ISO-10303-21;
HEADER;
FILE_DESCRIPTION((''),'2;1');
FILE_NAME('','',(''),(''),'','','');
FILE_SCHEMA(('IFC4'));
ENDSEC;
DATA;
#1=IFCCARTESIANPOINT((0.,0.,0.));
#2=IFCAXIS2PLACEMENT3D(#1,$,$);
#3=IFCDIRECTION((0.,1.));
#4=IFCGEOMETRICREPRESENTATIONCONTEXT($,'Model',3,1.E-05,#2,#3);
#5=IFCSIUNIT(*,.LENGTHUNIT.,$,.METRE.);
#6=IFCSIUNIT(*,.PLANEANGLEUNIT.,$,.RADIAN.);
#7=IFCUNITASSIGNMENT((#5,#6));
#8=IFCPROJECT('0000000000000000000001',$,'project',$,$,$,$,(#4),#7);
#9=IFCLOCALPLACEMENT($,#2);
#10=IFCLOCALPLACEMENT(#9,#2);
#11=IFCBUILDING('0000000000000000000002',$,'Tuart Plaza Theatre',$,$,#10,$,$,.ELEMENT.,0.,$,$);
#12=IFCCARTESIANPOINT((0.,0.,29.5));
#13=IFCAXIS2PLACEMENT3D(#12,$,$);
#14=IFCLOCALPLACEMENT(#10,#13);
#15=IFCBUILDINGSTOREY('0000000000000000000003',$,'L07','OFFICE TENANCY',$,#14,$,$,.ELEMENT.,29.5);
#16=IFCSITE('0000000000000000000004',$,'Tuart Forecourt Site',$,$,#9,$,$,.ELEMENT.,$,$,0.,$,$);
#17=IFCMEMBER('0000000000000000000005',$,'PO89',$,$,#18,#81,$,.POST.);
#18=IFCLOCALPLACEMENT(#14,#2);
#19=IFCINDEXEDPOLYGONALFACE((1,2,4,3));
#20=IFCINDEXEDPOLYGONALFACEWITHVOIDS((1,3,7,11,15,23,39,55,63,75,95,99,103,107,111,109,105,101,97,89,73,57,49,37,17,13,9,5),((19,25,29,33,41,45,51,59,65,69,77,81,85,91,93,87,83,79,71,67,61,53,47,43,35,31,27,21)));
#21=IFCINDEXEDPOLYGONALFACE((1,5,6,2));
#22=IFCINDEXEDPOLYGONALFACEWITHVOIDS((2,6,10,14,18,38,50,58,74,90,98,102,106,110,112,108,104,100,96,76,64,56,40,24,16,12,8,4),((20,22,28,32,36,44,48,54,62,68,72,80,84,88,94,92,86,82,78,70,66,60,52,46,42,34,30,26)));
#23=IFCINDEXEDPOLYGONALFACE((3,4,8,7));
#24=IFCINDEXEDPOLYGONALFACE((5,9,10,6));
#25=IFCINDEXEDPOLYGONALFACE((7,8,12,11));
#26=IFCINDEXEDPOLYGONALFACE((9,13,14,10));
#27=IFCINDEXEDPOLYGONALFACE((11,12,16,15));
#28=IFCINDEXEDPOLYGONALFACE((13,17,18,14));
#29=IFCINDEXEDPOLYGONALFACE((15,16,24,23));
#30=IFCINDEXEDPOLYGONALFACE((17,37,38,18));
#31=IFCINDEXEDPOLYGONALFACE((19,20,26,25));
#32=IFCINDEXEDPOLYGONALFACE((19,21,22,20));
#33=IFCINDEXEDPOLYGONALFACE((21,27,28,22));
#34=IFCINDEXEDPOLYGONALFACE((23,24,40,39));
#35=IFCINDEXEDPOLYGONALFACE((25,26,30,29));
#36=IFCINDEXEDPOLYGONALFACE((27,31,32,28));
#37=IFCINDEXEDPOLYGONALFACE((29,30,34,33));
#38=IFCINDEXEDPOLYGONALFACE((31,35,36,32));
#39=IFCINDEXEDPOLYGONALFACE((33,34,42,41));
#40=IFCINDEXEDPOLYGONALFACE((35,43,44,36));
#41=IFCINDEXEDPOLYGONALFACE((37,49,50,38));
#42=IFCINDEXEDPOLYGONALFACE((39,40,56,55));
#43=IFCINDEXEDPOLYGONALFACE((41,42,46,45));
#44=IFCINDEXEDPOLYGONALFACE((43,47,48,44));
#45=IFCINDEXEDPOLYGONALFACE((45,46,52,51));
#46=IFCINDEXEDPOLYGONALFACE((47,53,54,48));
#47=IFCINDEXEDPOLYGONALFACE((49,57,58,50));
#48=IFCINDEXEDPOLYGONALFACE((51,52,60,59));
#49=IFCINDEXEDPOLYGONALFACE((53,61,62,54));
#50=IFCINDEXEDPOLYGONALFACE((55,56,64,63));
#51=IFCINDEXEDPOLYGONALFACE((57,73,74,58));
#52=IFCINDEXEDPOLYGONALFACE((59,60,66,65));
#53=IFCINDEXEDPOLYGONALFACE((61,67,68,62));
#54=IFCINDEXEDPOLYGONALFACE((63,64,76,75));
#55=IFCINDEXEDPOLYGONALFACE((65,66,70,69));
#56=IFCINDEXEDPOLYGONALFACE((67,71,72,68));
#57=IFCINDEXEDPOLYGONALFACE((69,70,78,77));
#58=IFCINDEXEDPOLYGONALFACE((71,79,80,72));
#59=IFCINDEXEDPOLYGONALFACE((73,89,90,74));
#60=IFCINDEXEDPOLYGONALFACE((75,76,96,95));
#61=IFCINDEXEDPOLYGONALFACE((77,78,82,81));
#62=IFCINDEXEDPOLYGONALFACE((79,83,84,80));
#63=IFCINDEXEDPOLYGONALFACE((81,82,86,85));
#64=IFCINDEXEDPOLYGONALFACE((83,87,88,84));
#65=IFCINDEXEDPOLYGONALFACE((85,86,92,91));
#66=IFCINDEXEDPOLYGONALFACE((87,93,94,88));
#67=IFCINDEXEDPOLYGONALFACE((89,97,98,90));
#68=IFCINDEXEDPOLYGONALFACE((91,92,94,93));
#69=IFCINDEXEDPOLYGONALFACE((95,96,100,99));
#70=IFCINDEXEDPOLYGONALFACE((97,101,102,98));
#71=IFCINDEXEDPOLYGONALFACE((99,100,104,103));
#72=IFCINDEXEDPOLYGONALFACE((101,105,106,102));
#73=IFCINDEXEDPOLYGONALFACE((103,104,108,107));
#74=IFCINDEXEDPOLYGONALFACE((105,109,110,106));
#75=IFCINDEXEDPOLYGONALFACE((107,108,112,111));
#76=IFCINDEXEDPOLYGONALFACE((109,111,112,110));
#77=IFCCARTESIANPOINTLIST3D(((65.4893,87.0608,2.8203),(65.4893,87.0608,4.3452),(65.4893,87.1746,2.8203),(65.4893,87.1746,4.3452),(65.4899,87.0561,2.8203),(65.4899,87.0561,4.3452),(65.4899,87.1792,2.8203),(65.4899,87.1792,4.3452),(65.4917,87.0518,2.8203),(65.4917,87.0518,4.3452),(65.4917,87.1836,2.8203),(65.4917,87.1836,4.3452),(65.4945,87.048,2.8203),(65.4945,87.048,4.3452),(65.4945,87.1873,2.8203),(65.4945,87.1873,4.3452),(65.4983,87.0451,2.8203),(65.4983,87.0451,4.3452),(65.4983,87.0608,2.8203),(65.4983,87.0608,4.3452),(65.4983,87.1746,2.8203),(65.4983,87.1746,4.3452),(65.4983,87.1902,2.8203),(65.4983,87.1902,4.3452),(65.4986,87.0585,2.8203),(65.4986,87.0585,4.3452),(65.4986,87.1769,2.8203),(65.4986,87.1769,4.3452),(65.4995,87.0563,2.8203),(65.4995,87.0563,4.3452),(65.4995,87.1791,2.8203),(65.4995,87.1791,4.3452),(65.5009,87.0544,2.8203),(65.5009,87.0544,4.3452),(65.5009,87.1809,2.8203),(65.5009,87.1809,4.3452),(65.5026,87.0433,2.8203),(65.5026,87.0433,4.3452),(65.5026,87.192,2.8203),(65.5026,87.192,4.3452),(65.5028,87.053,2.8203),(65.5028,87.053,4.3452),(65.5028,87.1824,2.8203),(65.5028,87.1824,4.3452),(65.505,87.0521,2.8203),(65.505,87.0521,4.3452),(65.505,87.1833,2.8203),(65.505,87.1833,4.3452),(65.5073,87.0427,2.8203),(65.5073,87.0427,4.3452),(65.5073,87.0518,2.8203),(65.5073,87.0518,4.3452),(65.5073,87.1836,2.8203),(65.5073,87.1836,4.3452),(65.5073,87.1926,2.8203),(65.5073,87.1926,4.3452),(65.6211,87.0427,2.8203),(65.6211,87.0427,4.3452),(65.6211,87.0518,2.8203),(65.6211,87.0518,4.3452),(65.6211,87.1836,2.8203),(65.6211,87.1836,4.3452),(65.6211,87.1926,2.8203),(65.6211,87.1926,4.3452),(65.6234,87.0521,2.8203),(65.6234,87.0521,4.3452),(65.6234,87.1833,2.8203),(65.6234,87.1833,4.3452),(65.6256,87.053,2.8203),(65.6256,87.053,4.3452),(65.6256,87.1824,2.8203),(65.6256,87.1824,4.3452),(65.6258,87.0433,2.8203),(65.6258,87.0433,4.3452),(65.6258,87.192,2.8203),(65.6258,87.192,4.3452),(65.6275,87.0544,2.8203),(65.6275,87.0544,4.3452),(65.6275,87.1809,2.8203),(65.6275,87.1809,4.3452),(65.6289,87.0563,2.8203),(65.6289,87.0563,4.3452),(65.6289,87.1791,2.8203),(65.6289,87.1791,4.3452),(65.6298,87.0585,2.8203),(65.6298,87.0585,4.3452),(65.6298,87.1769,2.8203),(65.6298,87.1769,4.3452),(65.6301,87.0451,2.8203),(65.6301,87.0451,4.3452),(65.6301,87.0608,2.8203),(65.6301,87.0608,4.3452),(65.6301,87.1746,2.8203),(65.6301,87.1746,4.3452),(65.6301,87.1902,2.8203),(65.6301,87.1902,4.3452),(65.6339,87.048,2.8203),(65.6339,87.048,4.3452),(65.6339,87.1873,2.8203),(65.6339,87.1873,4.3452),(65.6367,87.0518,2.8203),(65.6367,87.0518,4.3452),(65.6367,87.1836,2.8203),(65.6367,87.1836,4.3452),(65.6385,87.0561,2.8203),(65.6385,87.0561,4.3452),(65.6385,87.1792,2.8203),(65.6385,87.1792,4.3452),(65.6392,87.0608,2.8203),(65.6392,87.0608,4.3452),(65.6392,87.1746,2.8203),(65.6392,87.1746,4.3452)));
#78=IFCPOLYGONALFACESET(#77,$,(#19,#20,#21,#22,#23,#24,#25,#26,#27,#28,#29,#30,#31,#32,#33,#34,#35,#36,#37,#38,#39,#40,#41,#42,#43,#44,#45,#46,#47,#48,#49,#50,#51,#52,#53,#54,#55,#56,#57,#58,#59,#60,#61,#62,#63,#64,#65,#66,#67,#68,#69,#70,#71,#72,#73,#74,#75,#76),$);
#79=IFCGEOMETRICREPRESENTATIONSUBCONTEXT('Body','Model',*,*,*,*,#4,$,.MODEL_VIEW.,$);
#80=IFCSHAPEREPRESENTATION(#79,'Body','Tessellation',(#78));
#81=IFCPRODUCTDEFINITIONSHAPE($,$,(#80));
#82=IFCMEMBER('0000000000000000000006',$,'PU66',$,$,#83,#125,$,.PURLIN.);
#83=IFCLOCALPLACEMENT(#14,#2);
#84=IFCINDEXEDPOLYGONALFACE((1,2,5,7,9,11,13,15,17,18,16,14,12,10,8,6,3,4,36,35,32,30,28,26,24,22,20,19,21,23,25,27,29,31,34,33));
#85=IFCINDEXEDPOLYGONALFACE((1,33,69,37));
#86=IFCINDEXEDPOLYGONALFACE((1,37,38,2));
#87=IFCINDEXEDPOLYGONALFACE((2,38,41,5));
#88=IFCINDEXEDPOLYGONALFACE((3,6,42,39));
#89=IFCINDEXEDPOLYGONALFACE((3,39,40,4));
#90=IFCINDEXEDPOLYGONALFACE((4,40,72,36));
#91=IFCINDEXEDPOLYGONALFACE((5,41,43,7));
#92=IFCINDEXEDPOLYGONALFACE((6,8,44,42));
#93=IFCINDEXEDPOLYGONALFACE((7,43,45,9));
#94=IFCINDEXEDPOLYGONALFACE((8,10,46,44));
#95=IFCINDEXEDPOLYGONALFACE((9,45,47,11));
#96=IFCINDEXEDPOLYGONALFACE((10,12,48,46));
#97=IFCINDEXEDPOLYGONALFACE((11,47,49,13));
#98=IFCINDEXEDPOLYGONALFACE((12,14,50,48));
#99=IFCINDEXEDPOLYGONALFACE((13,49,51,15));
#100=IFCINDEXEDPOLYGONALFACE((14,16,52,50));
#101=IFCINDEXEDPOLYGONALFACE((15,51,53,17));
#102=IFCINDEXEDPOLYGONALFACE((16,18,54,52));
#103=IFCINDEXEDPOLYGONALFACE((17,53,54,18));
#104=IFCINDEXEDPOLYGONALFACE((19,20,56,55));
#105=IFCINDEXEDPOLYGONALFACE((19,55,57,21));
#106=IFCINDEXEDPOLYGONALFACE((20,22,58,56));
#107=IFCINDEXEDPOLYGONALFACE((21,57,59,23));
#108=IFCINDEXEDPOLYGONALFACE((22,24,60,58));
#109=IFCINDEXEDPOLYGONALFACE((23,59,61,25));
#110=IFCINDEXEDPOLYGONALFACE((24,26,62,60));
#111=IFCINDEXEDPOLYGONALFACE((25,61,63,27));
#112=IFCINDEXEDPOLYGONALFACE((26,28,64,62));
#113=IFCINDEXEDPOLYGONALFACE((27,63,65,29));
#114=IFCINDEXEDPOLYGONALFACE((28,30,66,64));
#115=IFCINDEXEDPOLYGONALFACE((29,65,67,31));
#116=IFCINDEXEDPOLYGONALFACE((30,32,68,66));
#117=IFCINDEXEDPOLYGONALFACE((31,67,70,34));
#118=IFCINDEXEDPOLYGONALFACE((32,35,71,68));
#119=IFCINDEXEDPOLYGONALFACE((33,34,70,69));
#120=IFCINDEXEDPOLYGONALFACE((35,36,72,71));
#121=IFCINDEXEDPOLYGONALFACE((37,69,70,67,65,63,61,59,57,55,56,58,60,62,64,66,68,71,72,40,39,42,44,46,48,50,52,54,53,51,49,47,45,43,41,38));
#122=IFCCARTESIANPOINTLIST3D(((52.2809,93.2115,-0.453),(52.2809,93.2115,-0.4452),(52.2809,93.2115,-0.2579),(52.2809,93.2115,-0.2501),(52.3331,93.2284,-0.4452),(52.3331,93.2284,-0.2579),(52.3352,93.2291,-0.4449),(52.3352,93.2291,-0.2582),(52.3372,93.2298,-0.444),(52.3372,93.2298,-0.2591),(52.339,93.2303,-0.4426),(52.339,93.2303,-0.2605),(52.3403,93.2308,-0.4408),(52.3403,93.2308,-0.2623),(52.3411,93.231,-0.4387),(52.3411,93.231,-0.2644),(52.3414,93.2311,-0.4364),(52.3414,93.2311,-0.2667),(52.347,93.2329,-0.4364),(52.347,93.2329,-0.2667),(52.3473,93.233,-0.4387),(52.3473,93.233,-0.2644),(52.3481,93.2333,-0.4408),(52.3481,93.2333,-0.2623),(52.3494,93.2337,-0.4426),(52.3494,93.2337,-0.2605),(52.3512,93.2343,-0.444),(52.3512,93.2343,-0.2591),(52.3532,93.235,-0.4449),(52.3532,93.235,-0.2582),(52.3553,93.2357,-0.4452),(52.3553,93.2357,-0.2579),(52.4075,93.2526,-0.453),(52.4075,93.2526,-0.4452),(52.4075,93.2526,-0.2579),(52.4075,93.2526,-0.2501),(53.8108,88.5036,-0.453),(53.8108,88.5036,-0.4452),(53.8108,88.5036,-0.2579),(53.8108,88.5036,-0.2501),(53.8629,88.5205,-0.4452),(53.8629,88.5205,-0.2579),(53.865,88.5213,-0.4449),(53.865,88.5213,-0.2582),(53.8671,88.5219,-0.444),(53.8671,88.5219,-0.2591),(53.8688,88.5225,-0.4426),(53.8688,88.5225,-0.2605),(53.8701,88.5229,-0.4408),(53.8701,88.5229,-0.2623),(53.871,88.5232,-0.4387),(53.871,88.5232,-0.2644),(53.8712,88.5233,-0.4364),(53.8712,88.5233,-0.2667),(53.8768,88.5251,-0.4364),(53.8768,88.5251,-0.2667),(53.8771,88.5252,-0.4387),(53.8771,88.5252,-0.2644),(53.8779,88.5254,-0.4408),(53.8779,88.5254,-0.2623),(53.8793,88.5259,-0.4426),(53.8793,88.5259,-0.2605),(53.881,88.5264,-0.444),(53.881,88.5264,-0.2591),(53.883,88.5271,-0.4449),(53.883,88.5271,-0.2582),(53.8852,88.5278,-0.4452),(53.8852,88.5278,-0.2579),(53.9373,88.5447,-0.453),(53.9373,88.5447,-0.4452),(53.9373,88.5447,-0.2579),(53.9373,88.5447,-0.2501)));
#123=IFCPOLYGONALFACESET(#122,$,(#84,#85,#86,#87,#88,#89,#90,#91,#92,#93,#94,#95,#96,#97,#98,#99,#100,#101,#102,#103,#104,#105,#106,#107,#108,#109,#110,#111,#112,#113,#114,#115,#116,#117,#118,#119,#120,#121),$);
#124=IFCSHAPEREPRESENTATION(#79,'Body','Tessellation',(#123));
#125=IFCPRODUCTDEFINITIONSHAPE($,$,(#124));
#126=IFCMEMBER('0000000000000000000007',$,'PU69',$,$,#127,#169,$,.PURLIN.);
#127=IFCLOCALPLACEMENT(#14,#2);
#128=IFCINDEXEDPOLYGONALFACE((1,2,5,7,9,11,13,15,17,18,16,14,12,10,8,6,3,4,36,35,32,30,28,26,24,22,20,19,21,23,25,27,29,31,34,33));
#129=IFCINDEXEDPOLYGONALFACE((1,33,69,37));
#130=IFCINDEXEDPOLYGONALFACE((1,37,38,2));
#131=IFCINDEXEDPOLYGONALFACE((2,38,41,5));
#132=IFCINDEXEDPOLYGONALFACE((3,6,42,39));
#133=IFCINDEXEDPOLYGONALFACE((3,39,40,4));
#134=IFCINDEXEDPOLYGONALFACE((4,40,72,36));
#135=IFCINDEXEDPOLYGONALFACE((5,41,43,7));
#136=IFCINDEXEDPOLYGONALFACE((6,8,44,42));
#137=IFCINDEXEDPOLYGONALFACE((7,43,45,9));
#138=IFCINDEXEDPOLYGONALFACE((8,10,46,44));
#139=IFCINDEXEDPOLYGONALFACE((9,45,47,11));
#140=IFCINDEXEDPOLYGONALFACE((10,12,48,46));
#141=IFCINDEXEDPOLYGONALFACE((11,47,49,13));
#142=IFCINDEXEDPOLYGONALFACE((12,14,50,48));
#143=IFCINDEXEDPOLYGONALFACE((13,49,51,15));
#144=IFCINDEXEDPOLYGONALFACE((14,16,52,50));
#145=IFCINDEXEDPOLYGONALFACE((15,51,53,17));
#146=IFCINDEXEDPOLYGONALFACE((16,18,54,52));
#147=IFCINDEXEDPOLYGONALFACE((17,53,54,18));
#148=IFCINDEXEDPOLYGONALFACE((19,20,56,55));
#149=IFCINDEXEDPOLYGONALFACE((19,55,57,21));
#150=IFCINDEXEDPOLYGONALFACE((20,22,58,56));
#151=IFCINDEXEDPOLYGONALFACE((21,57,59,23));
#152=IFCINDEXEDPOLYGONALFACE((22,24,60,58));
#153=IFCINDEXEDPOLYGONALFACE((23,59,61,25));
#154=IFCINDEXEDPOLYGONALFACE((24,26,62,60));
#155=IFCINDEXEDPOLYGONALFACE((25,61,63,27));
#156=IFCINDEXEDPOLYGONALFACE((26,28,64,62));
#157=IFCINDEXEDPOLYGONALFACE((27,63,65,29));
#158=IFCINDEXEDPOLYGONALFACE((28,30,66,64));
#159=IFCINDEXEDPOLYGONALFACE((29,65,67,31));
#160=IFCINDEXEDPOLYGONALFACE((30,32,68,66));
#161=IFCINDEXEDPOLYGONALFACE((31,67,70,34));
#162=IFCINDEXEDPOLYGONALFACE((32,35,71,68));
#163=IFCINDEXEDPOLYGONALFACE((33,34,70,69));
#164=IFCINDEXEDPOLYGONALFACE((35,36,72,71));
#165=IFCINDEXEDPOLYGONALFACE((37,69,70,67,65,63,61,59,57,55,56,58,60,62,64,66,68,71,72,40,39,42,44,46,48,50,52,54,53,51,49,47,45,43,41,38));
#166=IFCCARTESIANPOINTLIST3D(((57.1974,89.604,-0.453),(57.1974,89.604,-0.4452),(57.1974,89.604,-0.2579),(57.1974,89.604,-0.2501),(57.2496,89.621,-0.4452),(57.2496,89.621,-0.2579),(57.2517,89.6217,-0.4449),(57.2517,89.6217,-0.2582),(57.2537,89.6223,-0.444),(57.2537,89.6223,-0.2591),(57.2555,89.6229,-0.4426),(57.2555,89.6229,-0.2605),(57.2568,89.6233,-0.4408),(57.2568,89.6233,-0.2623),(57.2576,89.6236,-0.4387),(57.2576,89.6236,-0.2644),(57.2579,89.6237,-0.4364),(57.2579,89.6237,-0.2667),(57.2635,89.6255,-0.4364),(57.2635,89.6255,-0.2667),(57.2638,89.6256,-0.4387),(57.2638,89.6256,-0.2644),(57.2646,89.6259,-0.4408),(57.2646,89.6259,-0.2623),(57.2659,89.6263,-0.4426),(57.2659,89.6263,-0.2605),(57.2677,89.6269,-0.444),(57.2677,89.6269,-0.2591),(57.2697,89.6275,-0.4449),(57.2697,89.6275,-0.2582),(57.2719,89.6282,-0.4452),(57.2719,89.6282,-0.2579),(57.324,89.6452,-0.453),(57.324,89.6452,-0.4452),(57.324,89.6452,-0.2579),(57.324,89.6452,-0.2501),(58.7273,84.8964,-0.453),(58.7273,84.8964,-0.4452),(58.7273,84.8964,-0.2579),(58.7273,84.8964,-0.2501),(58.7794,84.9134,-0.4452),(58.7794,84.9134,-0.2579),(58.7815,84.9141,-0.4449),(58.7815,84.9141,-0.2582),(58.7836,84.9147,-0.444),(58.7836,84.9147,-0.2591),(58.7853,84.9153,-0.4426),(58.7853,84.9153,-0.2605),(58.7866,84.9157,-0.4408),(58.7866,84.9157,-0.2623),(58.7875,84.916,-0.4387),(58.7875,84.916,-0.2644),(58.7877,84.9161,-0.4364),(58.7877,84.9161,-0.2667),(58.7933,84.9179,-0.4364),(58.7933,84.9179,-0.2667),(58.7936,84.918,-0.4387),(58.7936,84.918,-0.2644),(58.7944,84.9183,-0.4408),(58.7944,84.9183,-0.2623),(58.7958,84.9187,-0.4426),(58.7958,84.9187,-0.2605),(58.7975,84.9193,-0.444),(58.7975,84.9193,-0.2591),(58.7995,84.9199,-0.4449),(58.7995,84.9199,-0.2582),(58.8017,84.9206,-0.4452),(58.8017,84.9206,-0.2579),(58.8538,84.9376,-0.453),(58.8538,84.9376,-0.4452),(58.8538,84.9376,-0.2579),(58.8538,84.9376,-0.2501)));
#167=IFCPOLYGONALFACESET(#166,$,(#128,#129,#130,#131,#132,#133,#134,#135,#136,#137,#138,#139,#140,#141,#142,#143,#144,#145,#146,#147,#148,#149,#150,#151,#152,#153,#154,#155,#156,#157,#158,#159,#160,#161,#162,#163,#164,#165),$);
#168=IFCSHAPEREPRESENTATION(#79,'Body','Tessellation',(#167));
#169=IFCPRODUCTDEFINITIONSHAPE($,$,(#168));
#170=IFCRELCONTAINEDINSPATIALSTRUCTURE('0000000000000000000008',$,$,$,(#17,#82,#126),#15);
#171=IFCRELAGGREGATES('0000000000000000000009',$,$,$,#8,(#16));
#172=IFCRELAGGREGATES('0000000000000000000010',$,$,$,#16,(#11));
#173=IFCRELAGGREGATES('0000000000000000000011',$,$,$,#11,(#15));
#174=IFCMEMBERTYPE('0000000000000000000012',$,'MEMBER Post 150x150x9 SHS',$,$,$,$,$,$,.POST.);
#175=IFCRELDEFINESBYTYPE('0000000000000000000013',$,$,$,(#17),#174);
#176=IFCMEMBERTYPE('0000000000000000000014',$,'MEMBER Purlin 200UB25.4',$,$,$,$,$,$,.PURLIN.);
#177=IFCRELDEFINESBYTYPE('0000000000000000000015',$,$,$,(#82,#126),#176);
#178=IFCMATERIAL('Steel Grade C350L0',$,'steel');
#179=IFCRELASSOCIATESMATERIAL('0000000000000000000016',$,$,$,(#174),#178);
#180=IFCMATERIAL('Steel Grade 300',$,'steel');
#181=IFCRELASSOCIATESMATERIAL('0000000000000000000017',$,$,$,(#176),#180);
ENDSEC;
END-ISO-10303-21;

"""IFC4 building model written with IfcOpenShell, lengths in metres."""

from ifc_helpers import new_model, si_unit, direction, frame, origin, origin_2d, place, context, subcontext, project, spatial, hollow_rectangle, i_section, extrude, material, material_profile, profile_set, type_object, element, save


model = new_model("IFC4")

# Units and contexts
model_context = context("Model", 3, precision=1e-05, world=origin(), true_north=direction((0.0, 1.0)))
body_context = subcontext(model_context, "Body", "Model", "MODEL_VIEW")
ifc_project = project(units=[si_unit("LENGTHUNIT", "METRE"), si_unit("PLANEANGLEUNIT", "RADIAN")], contexts=[model_context])

# Site, building, storey
site_placement = place(None, origin())
site = spatial("IfcSite", under=ifc_project, at=site_placement, Name="Tuart Forecourt Site", CompositionType="ELEMENT", RefElevation=0.0)
building_placement = place(site_placement, origin())
building = spatial("IfcBuilding", under=site, at=building_placement, Name="Tuart Plaza Theatre", CompositionType="ELEMENT", ElevationOfRefHeight=0.0)
storey_placement = place(building_placement, frame((0.0, 0.0, 29.5)))
storey = spatial("IfcBuildingStorey", under=building, at=storey_placement, Name="L07", Description="OFFICE TENANCY", CompositionType="ELEMENT", Elevation=29.5)

# Members
ifc_material_1 = material(Name="Steel Grade C350L0", Category="steel")
ifc_material_profile_1 = material_profile(ifc_material_1, hollow_rectangle(XDim=0.1499, YDim=0.1499, WallThickness=0.009, InnerFilletRadius=0.009, OuterFilletRadius=0.0181, at=origin_2d()), Name="150x150x9 SHS")
ifc_profile_set_1 = profile_set([ifc_material_profile_1], Name="Steel Grade C350L0")
member_type_1 = type_object("IfcMemberType", Name="MEMBER Post 150x150x9 SHS", PredefinedType="POST", material=ifc_profile_set_1)
for number, where, z_axis, x_axis, name in (
    (1, (65.5642, 87.1177, 2.8203), (0.0, 0.0, 1.0), (1.0, 0.0, 0.0), "PO89"),
):
    element("IfcMember", number, at=place(storey_placement, frame(where, z_axis=z_axis, x_axis=x_axis)), inside=storey, type_object=member_type_1, Name=name, PredefinedType="POST", context=body_context, shape_type="SweptSolid", body=[
        extrude(hollow_rectangle(XDim=0.1499, YDim=0.1499, WallThickness=0.009, InnerFilletRadius=0.009, OuterFilletRadius=0.0181, at=origin_2d()), origin(), (0.0, 0.0, 1.0), 1.5249),
    ])
ifc_material_2 = material(Name="Steel Grade 300", Category="steel")
ifc_material_profile_2 = material_profile(ifc_material_2, i_section(OverallWidth=0.1331, OverallDepth=0.2029, WebThickness=0.0059, FlangeThickness=0.0078, FilletRadius=0.0088, at=origin_2d()), Name="200UB25.4")
ifc_profile_set_2 = profile_set([ifc_material_profile_2], Name="Steel Grade 300")
member_type_2 = type_object("IfcMemberType", Name="MEMBER Purlin 200UB25.4", PredefinedType="PURLIN", material=ifc_profile_set_2)
member_1_placement = place(storey_placement, frame((53.874, 88.5242, -0.3516), z_axis=(-0.309043, 0.951048, 0.0), x_axis=(-0.951048, -0.309043, 0.0)))
element("IfcMember", 2, at=member_1_placement, inside=storey, type_object=member_type_2, Name="PU66", PredefinedType="PURLIN", context=body_context, shape_type="SweptSolid", body=[
    extrude(i_section(OverallWidth=0.1331, OverallDepth=0.2029, WebThickness=0.0059, FlangeThickness=0.0078, FilletRadius=0.0088, at=origin_2d()), origin(), (0.0, 0.0, 1.0), 4.9502),
])
for number, where, z_axis, x_axis, name in (
    (3, (58.7905, 84.917, -0.3516), (-0.309057, 0.951043, 0.0), (-0.951043, -0.309057, 0.0), "PU69"),
):
    element("IfcMember", number, at=place(storey_placement, frame(where, z_axis=z_axis, x_axis=x_axis)), inside=storey, type_object=member_type_2, Name=name, PredefinedType="PURLIN", context=body_context, shape_type="SweptSolid", body=[
        extrude(i_section(OverallWidth=0.1331, OverallDepth=0.2029, WebThickness=0.0059, FlangeThickness=0.0078, FilletRadius=0.0088, at=origin_2d()), origin(), (0.0, 0.0, 1.0), 4.95),
    ])

save(model, "model.ifc")
